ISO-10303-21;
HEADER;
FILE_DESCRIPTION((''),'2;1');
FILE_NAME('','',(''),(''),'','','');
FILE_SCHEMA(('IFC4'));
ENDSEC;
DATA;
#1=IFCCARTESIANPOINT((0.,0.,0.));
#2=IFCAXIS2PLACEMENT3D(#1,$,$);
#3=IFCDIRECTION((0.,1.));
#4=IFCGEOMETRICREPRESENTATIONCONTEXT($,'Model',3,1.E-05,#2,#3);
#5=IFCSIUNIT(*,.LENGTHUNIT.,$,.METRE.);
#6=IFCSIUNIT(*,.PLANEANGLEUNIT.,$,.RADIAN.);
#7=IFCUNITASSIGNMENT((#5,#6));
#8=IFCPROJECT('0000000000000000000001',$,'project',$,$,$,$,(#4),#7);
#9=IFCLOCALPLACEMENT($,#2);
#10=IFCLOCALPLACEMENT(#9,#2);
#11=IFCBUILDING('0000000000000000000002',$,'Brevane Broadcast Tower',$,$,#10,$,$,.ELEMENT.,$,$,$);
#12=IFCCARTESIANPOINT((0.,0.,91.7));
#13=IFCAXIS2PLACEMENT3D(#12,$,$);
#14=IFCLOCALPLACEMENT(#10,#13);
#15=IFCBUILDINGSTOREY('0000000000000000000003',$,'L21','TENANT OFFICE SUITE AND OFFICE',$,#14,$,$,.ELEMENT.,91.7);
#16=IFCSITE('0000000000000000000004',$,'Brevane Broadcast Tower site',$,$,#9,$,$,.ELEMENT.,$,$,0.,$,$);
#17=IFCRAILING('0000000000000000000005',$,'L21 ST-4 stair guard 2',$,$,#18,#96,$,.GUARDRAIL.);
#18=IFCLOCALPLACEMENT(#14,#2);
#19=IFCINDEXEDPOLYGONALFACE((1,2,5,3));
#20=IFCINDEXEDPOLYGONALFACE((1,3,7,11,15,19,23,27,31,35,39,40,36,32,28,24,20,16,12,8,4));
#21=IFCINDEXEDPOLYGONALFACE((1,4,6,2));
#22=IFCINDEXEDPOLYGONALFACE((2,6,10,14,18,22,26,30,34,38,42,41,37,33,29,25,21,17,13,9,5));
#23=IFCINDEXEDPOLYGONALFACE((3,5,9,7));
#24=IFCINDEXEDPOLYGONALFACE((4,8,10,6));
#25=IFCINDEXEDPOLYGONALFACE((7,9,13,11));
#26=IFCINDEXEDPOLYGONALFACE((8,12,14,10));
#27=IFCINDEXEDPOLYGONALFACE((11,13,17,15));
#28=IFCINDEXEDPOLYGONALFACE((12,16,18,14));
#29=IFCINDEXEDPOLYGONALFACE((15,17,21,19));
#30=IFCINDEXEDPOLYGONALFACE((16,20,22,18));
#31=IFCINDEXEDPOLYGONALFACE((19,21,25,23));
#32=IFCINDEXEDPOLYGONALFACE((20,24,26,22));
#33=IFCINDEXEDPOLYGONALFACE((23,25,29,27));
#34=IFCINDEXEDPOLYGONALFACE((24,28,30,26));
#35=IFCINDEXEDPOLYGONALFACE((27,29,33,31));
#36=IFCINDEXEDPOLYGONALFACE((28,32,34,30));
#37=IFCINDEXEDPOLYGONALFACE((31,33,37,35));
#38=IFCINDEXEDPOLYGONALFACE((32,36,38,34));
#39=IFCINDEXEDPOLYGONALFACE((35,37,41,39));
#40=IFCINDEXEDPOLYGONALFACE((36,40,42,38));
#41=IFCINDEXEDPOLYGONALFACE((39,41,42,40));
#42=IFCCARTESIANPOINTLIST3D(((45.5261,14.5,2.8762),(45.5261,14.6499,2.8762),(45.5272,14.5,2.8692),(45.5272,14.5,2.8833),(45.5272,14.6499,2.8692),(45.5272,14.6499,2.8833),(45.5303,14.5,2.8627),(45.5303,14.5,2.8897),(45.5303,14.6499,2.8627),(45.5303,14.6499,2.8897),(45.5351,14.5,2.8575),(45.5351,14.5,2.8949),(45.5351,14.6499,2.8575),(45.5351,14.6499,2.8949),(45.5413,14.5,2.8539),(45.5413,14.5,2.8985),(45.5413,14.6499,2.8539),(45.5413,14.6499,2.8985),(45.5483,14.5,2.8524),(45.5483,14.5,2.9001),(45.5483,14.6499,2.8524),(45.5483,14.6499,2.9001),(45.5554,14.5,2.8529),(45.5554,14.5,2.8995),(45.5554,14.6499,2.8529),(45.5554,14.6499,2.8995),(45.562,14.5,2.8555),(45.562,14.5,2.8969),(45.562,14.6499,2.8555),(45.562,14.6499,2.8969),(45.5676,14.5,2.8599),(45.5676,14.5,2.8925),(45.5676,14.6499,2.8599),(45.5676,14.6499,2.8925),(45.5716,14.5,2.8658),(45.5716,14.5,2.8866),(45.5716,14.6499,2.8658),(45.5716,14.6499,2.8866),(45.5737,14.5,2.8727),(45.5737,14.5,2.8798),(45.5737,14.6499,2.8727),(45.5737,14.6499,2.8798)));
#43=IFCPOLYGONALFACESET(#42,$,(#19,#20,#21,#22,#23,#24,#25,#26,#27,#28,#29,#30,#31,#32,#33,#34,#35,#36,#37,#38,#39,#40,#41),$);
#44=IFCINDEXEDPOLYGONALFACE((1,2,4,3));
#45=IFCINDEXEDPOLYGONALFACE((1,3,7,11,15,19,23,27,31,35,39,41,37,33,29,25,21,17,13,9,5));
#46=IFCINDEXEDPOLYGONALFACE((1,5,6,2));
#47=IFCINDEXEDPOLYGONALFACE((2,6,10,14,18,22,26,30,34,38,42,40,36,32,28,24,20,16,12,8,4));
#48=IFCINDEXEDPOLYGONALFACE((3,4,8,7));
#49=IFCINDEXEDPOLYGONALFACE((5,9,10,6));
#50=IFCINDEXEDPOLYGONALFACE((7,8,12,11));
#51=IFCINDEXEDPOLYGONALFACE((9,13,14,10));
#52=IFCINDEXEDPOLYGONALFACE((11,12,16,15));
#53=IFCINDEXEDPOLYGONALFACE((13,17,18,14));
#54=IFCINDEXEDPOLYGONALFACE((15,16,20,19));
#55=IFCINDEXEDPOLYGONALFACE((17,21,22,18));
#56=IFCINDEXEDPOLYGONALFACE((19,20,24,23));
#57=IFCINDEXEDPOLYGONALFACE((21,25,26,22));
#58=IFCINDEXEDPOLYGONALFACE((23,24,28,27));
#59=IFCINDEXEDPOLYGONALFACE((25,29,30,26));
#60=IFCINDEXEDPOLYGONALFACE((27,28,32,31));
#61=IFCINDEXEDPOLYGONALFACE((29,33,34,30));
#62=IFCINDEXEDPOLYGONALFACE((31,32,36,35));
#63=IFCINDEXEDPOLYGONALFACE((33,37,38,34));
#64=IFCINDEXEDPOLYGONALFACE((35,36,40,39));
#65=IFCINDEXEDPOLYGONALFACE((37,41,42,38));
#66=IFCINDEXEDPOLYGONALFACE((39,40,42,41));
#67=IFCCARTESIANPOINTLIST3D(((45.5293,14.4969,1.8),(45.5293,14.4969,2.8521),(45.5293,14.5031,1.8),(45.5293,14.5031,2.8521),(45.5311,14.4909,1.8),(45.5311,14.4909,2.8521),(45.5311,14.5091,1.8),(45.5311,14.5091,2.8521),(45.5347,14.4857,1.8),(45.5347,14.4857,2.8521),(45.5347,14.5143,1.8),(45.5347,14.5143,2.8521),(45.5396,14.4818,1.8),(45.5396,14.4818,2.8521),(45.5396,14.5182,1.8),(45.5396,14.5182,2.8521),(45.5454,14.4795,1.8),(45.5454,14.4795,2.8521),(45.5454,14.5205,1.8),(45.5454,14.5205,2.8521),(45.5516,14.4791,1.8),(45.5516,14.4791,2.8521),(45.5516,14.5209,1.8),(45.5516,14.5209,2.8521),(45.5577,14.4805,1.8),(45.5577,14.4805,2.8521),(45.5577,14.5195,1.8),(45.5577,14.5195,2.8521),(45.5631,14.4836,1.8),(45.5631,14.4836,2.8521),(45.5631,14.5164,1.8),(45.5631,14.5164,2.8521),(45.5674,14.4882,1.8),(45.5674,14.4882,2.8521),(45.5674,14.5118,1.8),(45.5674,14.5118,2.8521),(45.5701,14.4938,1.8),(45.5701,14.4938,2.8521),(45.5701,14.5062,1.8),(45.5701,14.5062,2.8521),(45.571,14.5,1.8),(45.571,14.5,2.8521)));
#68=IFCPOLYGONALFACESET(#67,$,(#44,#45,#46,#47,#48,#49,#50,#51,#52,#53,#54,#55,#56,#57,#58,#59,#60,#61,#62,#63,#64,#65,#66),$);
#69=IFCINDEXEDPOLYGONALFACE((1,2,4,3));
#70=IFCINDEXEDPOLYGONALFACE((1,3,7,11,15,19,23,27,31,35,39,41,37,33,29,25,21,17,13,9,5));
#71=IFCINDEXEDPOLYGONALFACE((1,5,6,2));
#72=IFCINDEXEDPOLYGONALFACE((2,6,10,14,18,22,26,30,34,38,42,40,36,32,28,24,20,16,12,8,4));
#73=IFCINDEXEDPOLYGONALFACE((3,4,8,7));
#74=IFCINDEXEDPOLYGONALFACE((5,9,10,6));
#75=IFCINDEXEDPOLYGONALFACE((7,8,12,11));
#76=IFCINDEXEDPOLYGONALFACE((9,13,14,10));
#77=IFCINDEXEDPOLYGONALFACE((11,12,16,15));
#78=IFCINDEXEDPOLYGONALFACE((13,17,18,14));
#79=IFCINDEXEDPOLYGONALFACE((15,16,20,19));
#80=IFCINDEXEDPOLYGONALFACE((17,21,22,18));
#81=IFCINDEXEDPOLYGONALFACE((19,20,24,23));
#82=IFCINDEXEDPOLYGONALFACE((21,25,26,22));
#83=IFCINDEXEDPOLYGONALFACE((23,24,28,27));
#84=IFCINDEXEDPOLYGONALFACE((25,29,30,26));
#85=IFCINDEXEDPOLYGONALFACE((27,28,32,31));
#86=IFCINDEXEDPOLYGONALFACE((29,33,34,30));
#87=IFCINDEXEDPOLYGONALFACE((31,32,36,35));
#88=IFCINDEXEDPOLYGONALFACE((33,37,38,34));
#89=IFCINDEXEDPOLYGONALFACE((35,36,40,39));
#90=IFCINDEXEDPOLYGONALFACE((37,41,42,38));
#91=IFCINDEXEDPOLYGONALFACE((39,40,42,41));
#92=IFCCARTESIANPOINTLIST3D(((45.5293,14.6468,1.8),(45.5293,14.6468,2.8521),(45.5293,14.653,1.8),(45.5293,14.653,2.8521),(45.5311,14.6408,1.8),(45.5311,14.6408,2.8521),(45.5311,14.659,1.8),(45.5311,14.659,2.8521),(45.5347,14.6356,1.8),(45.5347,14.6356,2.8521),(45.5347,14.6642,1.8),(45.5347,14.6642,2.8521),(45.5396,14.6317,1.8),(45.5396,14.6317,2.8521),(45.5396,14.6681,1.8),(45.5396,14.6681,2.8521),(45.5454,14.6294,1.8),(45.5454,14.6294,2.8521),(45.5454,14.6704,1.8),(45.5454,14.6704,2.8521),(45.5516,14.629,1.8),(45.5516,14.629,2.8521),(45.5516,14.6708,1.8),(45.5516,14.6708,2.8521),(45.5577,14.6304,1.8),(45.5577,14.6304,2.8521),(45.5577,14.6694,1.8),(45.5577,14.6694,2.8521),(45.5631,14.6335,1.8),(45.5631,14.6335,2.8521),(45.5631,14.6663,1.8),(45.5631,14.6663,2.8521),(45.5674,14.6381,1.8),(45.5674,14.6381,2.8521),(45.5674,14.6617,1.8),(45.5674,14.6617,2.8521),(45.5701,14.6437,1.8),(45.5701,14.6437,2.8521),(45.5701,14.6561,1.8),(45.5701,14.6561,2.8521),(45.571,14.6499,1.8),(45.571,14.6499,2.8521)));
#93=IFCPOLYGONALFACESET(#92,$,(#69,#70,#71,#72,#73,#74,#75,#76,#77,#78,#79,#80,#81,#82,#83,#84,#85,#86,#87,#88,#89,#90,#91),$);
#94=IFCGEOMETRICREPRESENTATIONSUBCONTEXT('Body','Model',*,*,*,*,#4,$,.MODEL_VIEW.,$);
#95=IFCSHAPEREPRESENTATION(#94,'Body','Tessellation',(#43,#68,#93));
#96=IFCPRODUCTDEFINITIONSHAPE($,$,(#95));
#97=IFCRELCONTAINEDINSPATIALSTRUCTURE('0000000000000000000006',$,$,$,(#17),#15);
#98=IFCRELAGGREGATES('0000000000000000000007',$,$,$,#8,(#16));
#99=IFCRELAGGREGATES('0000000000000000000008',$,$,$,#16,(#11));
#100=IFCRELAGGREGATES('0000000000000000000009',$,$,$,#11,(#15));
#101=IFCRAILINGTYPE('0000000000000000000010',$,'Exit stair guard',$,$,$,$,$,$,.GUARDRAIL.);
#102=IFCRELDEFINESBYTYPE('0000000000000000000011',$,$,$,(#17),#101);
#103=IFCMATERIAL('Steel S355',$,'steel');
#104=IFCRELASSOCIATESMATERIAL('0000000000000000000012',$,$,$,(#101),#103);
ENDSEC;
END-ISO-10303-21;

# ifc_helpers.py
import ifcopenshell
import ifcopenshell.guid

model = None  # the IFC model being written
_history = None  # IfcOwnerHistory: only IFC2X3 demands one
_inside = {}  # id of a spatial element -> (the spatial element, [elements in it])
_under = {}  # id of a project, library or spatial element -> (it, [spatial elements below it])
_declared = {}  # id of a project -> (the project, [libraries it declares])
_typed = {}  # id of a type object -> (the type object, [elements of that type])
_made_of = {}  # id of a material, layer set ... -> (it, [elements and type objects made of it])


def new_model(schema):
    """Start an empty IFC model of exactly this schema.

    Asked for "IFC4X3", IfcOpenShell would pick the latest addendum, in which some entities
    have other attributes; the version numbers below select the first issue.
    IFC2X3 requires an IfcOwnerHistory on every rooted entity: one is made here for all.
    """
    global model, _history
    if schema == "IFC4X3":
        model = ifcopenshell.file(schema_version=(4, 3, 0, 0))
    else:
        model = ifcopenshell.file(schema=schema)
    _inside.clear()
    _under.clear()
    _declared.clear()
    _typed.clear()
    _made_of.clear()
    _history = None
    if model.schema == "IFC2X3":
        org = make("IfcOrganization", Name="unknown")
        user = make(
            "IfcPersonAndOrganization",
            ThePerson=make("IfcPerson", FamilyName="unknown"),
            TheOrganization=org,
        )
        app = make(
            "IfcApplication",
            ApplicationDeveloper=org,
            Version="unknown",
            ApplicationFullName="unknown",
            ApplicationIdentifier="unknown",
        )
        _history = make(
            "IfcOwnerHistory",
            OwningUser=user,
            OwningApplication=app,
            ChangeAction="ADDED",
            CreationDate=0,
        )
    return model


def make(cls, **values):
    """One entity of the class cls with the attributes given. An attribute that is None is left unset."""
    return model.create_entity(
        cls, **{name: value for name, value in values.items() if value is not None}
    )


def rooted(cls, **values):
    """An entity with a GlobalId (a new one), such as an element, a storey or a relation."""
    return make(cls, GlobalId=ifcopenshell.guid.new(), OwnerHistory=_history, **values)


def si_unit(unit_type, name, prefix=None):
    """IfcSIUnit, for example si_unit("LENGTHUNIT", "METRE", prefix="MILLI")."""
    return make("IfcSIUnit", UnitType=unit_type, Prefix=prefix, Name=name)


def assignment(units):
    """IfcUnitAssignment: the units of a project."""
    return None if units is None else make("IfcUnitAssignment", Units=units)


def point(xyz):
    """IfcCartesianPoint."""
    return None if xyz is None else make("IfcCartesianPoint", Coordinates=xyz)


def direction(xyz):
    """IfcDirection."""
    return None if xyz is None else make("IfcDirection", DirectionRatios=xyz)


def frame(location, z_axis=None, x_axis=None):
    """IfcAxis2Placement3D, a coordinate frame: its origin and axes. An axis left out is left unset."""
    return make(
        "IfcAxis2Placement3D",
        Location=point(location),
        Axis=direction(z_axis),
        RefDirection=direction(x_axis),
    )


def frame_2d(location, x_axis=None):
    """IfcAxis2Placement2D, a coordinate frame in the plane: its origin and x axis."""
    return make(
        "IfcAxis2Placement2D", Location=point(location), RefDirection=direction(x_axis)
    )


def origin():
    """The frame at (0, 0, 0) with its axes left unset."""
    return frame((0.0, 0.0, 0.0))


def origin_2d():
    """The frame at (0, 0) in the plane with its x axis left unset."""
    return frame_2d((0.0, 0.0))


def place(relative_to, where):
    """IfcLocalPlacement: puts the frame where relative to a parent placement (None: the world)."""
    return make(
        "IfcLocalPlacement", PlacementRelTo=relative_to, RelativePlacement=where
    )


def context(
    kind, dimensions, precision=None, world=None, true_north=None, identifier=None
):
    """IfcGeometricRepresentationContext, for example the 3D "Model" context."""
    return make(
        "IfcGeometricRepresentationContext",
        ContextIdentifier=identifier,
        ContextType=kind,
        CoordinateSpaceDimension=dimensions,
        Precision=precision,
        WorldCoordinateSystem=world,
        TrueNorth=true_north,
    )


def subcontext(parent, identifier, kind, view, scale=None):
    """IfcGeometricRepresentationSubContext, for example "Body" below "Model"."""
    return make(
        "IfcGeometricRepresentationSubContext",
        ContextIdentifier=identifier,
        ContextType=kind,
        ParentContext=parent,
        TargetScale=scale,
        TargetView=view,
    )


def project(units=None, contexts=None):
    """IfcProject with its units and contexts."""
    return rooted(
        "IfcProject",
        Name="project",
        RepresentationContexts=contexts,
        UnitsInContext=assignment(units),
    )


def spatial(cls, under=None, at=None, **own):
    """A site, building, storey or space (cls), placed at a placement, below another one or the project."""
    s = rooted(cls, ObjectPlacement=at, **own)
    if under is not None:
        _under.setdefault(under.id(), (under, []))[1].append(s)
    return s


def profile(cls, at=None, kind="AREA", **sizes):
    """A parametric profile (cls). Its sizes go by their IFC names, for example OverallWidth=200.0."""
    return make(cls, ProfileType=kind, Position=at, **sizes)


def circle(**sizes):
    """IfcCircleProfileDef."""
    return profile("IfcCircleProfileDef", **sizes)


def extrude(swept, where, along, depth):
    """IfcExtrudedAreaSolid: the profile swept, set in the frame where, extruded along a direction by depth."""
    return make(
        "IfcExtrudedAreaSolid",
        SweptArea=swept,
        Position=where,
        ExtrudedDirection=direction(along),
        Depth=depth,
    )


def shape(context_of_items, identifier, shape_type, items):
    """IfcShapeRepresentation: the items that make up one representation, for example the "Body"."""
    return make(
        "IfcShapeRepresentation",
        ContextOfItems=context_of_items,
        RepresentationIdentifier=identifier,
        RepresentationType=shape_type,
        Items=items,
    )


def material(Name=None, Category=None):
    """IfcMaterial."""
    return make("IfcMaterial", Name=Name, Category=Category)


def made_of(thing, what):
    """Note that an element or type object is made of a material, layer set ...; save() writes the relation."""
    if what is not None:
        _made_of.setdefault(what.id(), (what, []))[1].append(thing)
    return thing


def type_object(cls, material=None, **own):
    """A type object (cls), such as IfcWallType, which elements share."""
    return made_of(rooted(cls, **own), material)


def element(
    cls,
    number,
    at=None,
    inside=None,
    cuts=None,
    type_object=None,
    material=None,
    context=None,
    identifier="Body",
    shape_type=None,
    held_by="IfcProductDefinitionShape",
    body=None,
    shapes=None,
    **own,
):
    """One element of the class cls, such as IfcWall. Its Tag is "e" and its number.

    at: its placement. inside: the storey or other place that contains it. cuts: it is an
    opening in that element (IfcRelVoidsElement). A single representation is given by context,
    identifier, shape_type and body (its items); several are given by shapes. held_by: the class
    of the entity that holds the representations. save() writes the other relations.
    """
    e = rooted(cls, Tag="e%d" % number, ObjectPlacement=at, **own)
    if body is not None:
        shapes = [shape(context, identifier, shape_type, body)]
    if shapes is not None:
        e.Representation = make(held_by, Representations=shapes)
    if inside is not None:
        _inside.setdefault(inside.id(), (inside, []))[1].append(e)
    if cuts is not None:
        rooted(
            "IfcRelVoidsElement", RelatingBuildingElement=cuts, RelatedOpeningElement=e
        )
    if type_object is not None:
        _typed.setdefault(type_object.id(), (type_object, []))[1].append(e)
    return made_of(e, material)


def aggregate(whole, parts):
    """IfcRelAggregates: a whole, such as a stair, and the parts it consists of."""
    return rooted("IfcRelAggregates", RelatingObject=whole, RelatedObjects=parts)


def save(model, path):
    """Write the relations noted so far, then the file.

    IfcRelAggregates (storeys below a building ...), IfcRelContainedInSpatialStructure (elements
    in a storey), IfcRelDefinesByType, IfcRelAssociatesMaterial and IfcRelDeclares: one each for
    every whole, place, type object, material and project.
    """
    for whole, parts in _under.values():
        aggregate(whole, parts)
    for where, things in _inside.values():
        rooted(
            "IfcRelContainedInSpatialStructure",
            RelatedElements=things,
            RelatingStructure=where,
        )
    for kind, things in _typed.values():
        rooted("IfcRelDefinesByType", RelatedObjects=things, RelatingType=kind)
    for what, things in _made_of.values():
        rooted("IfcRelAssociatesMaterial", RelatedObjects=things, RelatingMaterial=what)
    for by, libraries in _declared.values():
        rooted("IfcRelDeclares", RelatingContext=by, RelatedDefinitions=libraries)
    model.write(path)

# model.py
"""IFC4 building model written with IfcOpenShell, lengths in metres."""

from ifc_helpers import new_model, si_unit, direction, frame, origin, origin_2d, place, context, subcontext, project, spatial, circle, extrude, material, type_object, element, save


model = new_model("IFC4")

# Units and contexts
model_context = context("Model", 3, precision=1e-05, world=origin(), true_north=direction((0.0, 1.0)))
body_context = subcontext(model_context, "Body", "Model", "MODEL_VIEW")
ifc_project = project(units=[si_unit("LENGTHUNIT", "METRE"), si_unit("PLANEANGLEUNIT", "RADIAN")], contexts=[model_context])

# Site, building, storey
site_placement = place(None, origin())
site = spatial("IfcSite", under=ifc_project, at=site_placement, Name="Brevane Broadcast Tower site", CompositionType="ELEMENT", RefElevation=0.0)
building_placement = place(site_placement, origin())
building = spatial("IfcBuilding", under=site, at=building_placement, Name="Brevane Broadcast Tower", CompositionType="ELEMENT")
storey_placement = place(building_placement, frame((0.0, 0.0, 91.7)))
storey = spatial("IfcBuildingStorey", under=building, at=storey_placement, Name="L21", Description="TENANT OFFICE SUITE AND OFFICE", CompositionType="ELEMENT", Elevation=91.7)

# Railing
ifc_material_1 = material(Name="Steel S355", Category="steel")
railing_type_1 = type_object("IfcRailingType", Name="Exit stair guard", PredefinedType="GUARDRAIL", material=ifc_material_1)
railing_1_placement = place(storey_placement, frame((45.55, 14.5, 1.8)))
element("IfcRailing", 1, at=railing_1_placement, inside=storey, type_object=railing_type_1, Name="L21 ST-4 stair guard 2", PredefinedType="GUARDRAIL", context=body_context, shape_type="SweptSolid", body=[
    extrude(circle(Radius=0.0239, at=origin_2d()), frame((0.0, 0.0, 1.0762), z_axis=(0.0, 1.0, 0.0), x_axis=(-1.0, 0.0, 0.0)), (0.0, 0.0, 1.0), 0.1499),
    extrude(circle(Radius=0.021, at=origin_2d()), origin(), (0.0, 0.0, 1.0), 1.052),
    extrude(circle(Radius=0.021, at=origin_2d()), frame((0.0, 0.1499, 0.0)), (0.0, 0.0, 1.0), 1.052),
])

save(model, "model.ifc")
